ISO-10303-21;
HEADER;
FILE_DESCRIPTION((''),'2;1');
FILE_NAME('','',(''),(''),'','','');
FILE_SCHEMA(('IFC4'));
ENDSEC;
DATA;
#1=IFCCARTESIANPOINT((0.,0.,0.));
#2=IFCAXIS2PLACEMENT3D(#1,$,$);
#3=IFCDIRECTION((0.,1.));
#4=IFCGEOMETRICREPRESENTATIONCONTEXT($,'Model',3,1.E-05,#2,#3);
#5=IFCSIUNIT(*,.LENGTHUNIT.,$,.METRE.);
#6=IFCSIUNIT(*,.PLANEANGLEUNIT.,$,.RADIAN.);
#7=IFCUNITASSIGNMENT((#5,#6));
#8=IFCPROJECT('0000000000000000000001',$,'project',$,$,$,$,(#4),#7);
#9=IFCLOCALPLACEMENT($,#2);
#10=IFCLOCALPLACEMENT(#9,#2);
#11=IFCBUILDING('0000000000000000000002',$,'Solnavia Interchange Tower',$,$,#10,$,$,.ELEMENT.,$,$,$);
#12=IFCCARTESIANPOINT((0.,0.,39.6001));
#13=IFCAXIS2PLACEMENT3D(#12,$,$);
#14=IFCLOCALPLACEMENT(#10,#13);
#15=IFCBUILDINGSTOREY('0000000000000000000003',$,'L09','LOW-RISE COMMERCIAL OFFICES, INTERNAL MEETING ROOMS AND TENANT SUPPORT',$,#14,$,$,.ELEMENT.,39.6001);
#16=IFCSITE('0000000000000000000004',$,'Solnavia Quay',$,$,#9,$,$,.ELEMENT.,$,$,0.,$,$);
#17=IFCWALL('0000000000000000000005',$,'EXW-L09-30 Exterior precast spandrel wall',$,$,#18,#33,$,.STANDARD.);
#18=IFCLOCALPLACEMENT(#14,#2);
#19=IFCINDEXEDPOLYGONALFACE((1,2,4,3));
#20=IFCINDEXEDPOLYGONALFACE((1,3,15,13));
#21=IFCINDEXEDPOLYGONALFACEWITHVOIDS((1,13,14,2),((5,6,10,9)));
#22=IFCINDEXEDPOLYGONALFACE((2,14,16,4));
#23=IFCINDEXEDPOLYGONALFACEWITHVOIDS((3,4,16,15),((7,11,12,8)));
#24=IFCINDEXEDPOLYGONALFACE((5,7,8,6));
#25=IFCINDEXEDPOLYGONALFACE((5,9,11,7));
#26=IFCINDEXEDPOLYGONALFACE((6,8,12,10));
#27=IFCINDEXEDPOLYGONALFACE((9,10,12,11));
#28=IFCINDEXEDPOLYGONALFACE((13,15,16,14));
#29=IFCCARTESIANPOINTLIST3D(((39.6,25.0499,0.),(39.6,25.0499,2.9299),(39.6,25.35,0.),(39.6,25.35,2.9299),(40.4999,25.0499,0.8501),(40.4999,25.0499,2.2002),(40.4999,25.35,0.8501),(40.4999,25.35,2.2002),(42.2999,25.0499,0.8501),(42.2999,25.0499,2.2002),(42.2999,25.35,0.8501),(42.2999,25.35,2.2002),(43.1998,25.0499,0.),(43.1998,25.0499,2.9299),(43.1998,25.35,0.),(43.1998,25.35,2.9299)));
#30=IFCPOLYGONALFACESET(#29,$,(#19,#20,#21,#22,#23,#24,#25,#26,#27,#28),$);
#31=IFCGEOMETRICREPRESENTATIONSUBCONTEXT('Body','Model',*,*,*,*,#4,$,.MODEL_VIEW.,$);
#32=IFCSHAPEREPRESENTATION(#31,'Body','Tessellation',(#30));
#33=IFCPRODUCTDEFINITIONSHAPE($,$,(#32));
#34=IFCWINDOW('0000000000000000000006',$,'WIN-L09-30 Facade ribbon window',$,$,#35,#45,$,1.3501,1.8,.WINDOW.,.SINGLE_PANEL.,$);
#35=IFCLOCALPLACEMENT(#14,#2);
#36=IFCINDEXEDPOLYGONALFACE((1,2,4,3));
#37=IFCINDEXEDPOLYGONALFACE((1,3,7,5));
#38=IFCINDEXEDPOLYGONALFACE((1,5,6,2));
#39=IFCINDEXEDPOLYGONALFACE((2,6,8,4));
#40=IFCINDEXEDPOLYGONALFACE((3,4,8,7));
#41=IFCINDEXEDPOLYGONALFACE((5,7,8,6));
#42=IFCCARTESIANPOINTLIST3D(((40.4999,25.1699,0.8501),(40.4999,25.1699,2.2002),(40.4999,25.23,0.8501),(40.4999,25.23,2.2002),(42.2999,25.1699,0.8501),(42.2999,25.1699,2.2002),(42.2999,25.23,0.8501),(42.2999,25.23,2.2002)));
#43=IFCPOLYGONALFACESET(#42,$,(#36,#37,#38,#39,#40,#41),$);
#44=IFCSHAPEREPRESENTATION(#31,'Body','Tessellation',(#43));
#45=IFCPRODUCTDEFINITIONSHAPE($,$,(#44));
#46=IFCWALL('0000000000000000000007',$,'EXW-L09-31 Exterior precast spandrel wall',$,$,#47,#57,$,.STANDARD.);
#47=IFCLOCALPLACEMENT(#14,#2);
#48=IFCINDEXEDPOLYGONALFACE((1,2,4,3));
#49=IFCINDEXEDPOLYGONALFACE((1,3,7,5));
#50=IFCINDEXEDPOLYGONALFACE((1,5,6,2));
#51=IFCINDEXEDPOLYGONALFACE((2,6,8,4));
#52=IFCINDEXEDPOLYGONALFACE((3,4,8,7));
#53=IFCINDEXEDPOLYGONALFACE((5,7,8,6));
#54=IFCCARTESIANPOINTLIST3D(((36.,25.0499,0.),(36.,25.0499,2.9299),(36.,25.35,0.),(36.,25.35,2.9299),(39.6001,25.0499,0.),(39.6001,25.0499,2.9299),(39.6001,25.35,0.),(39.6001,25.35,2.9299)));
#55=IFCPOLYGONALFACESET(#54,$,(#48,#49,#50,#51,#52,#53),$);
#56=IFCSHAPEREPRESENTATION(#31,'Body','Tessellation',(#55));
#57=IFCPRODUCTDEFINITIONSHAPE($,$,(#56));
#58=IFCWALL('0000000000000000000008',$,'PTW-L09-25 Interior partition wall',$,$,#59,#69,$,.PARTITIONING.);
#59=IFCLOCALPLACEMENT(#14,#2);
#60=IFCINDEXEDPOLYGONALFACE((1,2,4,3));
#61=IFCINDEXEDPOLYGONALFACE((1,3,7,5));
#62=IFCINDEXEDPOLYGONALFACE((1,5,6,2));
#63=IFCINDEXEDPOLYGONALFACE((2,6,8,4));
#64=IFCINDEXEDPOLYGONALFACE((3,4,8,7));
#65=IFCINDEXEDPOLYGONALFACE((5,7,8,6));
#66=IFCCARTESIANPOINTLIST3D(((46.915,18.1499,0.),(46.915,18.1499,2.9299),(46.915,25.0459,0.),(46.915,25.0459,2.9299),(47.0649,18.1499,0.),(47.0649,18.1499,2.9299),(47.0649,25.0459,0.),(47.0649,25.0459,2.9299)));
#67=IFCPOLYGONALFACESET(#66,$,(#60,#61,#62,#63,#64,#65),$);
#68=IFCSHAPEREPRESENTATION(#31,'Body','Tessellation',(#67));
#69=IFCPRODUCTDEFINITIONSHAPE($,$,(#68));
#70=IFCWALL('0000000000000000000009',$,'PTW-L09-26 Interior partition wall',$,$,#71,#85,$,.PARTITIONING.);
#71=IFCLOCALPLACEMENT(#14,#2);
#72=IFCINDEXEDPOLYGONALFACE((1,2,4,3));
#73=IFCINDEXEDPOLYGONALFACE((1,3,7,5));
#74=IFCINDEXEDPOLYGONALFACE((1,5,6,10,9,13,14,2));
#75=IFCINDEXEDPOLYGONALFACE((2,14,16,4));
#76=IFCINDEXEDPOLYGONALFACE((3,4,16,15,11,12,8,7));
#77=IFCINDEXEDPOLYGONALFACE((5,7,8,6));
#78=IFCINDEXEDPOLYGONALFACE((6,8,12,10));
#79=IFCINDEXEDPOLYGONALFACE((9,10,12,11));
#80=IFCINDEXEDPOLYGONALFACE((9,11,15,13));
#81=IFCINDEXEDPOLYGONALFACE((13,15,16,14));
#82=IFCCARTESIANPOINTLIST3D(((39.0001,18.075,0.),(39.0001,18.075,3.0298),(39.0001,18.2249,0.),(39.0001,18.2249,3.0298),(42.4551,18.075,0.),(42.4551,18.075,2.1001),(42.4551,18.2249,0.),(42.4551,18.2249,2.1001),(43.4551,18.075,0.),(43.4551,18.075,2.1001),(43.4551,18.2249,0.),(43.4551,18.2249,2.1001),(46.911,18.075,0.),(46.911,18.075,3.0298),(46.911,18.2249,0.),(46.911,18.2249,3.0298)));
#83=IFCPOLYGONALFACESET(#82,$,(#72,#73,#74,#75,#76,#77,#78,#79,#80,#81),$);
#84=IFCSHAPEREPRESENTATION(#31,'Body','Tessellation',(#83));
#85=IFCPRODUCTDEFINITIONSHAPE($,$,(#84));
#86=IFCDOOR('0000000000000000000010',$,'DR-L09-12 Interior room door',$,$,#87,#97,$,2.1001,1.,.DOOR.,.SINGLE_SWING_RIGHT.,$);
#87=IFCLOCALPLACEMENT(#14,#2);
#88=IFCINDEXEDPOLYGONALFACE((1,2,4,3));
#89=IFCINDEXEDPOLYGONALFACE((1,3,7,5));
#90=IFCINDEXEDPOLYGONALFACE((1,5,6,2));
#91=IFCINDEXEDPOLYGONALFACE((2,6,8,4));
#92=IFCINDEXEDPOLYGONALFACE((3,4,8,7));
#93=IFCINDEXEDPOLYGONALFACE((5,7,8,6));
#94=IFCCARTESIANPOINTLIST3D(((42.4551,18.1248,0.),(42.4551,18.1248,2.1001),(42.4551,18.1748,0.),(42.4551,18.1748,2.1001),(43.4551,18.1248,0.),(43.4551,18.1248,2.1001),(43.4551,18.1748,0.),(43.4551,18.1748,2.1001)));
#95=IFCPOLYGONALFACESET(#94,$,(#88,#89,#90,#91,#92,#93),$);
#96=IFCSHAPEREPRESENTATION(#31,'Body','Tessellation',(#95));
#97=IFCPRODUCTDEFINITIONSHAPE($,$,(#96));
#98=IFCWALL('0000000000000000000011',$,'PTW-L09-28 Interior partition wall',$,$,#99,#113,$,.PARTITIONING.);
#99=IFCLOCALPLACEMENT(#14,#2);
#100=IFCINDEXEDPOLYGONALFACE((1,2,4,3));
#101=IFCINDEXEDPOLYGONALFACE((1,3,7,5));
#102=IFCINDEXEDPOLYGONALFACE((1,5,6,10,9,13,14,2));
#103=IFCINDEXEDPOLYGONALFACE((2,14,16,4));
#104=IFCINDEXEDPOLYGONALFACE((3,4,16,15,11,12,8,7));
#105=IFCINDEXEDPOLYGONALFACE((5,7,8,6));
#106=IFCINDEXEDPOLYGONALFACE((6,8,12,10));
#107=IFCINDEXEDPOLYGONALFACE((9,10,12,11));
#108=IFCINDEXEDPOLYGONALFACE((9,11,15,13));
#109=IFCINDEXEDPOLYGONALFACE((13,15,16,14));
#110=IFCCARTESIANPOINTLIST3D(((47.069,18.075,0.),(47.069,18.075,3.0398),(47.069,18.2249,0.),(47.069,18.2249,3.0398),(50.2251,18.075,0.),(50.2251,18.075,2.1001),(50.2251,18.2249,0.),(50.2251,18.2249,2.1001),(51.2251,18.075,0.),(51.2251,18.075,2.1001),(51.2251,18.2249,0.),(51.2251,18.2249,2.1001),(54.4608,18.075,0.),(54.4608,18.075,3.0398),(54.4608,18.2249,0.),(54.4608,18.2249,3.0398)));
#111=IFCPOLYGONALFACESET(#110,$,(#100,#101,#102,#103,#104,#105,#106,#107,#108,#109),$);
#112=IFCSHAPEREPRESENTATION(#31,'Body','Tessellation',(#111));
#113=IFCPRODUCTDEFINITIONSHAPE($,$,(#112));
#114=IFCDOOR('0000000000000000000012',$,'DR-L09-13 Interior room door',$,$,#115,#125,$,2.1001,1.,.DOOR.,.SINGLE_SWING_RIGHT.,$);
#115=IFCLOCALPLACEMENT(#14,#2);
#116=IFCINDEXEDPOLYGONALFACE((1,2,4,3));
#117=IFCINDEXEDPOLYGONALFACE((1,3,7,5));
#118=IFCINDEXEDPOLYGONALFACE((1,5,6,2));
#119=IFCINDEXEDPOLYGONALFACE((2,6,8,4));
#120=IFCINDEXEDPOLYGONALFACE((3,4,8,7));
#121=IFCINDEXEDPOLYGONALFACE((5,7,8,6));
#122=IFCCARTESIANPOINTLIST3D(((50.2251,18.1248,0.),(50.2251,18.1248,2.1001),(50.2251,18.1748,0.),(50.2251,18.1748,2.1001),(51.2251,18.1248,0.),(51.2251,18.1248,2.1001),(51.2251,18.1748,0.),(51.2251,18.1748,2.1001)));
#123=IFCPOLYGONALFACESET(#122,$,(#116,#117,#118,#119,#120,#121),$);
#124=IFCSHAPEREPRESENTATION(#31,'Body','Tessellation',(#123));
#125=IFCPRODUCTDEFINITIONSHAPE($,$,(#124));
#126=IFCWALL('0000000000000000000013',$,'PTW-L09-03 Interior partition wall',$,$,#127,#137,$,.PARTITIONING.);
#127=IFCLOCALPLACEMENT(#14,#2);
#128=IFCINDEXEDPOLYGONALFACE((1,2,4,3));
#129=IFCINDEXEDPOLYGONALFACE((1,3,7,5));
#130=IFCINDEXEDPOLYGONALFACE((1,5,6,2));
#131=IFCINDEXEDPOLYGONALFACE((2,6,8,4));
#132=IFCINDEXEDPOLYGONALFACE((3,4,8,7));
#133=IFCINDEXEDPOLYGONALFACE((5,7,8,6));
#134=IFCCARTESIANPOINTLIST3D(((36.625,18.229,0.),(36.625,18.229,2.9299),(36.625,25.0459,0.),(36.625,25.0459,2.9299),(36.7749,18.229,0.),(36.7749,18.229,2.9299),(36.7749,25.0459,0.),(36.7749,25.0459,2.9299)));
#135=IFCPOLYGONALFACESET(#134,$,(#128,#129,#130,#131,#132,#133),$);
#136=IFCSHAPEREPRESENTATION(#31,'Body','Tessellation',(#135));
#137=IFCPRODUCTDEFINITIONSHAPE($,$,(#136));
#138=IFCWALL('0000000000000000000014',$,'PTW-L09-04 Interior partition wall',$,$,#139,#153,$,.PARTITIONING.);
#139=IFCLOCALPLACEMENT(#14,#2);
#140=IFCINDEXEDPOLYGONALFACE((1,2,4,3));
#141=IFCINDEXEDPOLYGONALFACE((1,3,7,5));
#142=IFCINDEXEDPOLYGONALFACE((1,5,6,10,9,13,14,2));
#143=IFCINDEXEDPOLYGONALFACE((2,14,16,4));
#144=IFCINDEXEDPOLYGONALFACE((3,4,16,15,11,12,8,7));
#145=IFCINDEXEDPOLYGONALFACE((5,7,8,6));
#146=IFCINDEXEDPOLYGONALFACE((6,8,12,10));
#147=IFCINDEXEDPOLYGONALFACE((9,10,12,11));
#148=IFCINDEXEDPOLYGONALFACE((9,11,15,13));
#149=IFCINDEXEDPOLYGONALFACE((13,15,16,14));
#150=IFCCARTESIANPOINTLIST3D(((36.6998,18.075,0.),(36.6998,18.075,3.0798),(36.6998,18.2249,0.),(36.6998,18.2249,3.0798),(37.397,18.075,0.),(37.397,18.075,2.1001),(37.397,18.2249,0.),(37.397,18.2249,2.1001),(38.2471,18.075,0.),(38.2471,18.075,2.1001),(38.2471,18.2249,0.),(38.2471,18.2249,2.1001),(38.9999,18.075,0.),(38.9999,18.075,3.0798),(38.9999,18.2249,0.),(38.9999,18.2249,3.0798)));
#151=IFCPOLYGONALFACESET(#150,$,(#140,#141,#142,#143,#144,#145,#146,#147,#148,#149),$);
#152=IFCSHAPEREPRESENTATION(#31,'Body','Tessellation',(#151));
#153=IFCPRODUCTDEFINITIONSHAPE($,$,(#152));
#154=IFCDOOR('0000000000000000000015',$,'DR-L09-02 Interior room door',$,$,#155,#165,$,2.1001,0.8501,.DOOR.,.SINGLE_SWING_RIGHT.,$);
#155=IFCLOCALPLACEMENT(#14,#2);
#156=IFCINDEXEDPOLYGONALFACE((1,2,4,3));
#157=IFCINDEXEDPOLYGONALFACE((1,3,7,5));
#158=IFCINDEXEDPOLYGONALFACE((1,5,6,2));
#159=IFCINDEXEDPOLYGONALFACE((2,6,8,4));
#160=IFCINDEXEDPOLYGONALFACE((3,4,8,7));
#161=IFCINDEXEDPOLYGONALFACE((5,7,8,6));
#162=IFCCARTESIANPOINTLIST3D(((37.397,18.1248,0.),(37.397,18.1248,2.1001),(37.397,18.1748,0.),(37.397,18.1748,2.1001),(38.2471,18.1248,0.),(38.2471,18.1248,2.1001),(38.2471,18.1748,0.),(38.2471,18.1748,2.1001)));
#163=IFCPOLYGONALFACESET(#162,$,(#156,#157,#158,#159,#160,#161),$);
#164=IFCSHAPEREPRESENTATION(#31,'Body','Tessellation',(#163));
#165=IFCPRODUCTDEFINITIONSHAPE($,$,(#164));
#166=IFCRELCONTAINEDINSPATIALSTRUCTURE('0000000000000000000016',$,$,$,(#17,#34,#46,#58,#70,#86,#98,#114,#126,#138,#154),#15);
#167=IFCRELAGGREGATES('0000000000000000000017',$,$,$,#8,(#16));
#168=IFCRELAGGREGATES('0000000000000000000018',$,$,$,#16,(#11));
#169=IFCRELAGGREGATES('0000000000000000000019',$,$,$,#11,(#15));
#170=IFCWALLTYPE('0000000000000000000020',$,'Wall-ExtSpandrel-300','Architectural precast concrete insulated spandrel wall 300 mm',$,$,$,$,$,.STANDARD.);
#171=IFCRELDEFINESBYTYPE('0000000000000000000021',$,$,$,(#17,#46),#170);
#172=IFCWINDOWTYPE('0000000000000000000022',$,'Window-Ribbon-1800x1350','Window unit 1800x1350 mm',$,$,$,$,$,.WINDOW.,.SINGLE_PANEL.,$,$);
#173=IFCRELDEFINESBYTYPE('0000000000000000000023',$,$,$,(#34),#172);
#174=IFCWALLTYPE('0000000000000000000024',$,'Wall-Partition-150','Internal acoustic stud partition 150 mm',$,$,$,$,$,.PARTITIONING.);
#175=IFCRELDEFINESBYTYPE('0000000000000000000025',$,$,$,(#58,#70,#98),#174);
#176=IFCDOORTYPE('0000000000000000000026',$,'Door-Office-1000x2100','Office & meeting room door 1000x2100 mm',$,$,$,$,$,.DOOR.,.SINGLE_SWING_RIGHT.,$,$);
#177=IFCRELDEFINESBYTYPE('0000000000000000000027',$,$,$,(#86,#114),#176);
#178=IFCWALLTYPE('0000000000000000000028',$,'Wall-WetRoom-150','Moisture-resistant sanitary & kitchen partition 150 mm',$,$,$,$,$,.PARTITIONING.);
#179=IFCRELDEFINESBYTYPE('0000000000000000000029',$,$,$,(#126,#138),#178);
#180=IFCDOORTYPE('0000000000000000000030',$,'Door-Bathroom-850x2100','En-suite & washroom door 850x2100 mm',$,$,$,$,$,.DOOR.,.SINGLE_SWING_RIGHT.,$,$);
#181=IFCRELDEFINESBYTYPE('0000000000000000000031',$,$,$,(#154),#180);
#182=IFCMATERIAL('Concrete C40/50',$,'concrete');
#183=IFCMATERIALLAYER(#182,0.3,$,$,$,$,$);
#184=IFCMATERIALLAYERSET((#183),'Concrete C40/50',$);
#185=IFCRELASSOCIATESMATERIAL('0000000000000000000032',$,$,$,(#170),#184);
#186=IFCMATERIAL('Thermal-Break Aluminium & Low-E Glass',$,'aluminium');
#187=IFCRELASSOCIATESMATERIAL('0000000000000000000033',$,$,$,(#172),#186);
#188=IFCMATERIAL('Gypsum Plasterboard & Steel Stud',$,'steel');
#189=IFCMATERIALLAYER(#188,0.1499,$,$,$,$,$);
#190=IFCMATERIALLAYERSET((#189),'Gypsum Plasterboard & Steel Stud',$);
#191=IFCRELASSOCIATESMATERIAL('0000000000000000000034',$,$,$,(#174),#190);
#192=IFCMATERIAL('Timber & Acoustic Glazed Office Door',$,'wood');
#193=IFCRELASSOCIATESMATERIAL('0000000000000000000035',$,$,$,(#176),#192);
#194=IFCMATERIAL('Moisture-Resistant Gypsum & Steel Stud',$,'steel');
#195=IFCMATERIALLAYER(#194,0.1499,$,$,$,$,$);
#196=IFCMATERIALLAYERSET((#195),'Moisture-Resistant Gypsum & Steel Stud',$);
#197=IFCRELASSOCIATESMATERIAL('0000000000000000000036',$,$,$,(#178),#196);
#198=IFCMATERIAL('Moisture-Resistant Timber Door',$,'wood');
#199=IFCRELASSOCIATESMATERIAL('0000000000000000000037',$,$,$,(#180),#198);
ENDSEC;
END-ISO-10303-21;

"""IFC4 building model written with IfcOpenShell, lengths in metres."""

from ifc_helpers import new_model, si_unit, direction, frame, frame_2d, origin, place, context, subcontext, project, spatial, rectangle, extrude, material, layer, layer_set, type_object, element, fill, save


model = new_model("IFC4")

# Units and contexts
model_context = context("Model", 3, precision=1e-05, world=origin(), true_north=direction((0.0, 1.0)))
body_context = subcontext(model_context, "Body", "Model", "MODEL_VIEW")
ifc_project = project(units=[si_unit("LENGTHUNIT", "METRE"), si_unit("PLANEANGLEUNIT", "RADIAN")], contexts=[model_context])

# Site, building, storey
site_placement = place(None, origin())
site = spatial("IfcSite", under=ifc_project, at=site_placement, Name="Solnavia Quay", CompositionType="ELEMENT", RefElevation=0.0)
building_placement = place(site_placement, origin())
building = spatial("IfcBuilding", under=site, at=building_placement, Name="Solnavia Interchange Tower", CompositionType="ELEMENT")
storey_placement = place(building_placement, frame((0.0, 0.0, 39.6001)))
storey = spatial("IfcBuildingStorey", under=building, at=storey_placement, Name="L09", Description="LOW-RISE COMMERCIAL OFFICES, INTERNAL MEETING ROOMS AND TENANT SUPPORT", CompositionType="ELEMENT", Elevation=39.6001)

# Shared definitions
ifc_material_1 = material(Name="Concrete C40/50", Category="concrete")
ifc_layer_1 = layer(ifc_material_1, 0.3)
ifc_layer_set_1 = layer_set([ifc_layer_1], Name="Concrete C40/50")
wall_type_1 = type_object("IfcWallType", Name="Wall-ExtSpandrel-300", Description="Architectural precast concrete insulated spandrel wall 300 mm", PredefinedType="STANDARD", material=ifc_layer_set_1)

# Wall, opening, window
ifc_material_2 = material(Name="Thermal-Break Aluminium & Low-E Glass", Category="aluminium")
window_type = type_object("IfcWindowType", Name="Window-Ribbon-1800x1350", Description="Window unit 1800x1350 mm", PartitioningType="SINGLE_PANEL", PredefinedType="WINDOW", material=ifc_material_2)
wall_1_placement = place(storey_placement, frame((39.6001, 25.2, 0.0), z_axis=(0.0, 0.0, 1.0), x_axis=(1.0, 0.0, 0.0)))
wall_1 = element("IfcWall", 1, at=wall_1_placement, inside=storey, type_object=wall_type_1, Name="EXW-L09-30 Exterior precast spandrel wall", PredefinedType="STANDARD", context=body_context, shape_type="SweptSolid", body=[
    extrude(rectangle(XDim=3.5999, YDim=0.3, at=frame_2d((1.7998, 0.0))), origin(), (0.0, 0.0, 1.0), 2.9299),
])
opening_1_placement = place(wall_1_placement, frame((0.8999, 0.0, 0.8501)))
opening_1 = element("IfcOpeningElement", 2, at=opening_1_placement, cuts=wall_1, PredefinedType="OPENING", context=body_context, shape_type="SweptSolid", body=[
    extrude(rectangle(XDim=1.8, YDim=1.3501, at=frame_2d((0.8999, 0.675))), frame((0.0, 0.1602, 0.0), z_axis=(0.0, -1.0, 0.0), x_axis=(1.0, 0.0, 0.0)), (0.0, 0.0, 1.0), 0.3201),
])
window_1_placement = place(opening_1_placement, origin())
window_1 = element("IfcWindow", 3, at=window_1_placement, inside=storey, type_object=window_type, Name="WIN-L09-30 Facade ribbon window", OverallHeight=1.3501, OverallWidth=1.8, PartitioningType="SINGLE_PANEL", PredefinedType="WINDOW", context=body_context, shape_type="SweptSolid", body=[
    extrude(rectangle(XDim=1.8, YDim=1.3501, at=frame_2d((0.8999, 0.675))), frame((0.0, 0.03, 0.0), z_axis=(0.0, -1.0, 0.0), x_axis=(1.0, 0.0, 0.0)), (0.0, 0.0, 1.0), 0.0601),
])
fill(opening_1, window_1)

# Walls
wall_2_placement = place(storey_placement, frame((36.0, 25.2, 0.0), z_axis=(0.0, 0.0, 1.0), x_axis=(1.0, 0.0, 0.0)))
element("IfcWall", 4, at=wall_2_placement, inside=storey, type_object=wall_type_1, Name="EXW-L09-31 Exterior precast spandrel wall", PredefinedType="STANDARD", context=body_context, shape_type="SweptSolid", body=[
    extrude(rectangle(XDim=3.6001, YDim=0.3, at=frame_2d((1.8, 0.0))), origin(), (0.0, 0.0, 1.0), 2.9299),
])
ifc_material_3 = material(Name="Gypsum Plasterboard & Steel Stud", Category="steel")
ifc_layer_2 = layer(ifc_material_3, 0.1499)
ifc_layer_set_2 = layer_set([ifc_layer_2], Name="Gypsum Plasterboard & Steel Stud")
wall_type_2 = type_object("IfcWallType", Name="Wall-Partition-150", Description="Internal acoustic stud partition 150 mm", PredefinedType="PARTITIONING", material=ifc_layer_set_2)
wall_3_placement = place(storey_placement, frame((46.99, 18.1499, 0.0), z_axis=(0.0, 0.0, 1.0), x_axis=(0.0, 1.0, 0.0)))
element("IfcWall", 5, at=wall_3_placement, inside=storey, type_object=wall_type_2, Name="PTW-L09-25 Interior partition wall", PredefinedType="PARTITIONING", context=body_context, shape_type="SweptSolid", body=[
    extrude(rectangle(XDim=6.896, YDim=0.1499, at=frame_2d((3.448, 0.0))), origin(), (0.0, 0.0, 1.0), 2.9299),
])

# Walls, openings, doors
wall_4_placement = place(storey_placement, frame((39.0, 18.1499, 0.0), z_axis=(0.0, 0.0, 1.0), x_axis=(1.0, 0.0, 0.0)))
wall_4 = element("IfcWall", 6, at=wall_4_placement, inside=storey, type_object=wall_type_2, Name="PTW-L09-26 Interior partition wall", PredefinedType="PARTITIONING", context=body_context, shape_type="SweptSolid", body=[
    extrude(rectangle(XDim=7.9109, YDim=0.1499, at=frame_2d((3.9556, 0.0))), origin(), (0.0, 0.0, 1.0), 3.0298),
])
opening_2_placement = place(wall_4_placement, frame((3.4551, 0.0, 0.0)))
opening_2 = element("IfcOpeningElement", 7, at=opening_2_placement, cuts=wall_4, PredefinedType="OPENING", context=body_context, shape_type="SweptSolid", body=[
    extrude(rectangle(XDim=1.0, YDim=2.1001, at=frame_2d((0.5, 1.05))), frame((0.0, 0.085, 0.0), z_axis=(0.0, -1.0, 0.0), x_axis=(1.0, 0.0, 0.0)), (0.0, 0.0, 1.0), 0.1699),
])
ifc_material_4 = material(Name="Timber & Acoustic Glazed Office Door", Category="wood")
door_type_1 = type_object("IfcDoorType", Name="Door-Office-1000x2100", Description="Office & meeting room door 1000x2100 mm", OperationType="SINGLE_SWING_RIGHT", PredefinedType="DOOR", material=ifc_material_4)
door_1_placement = place(opening_2_placement, origin())
door_1 = element("IfcDoor", 8, at=door_1_placement, inside=storey, type_object=door_type_1, Name="DR-L09-12 Interior room door", OperationType="SINGLE_SWING_RIGHT", OverallHeight=2.1001, OverallWidth=1.0, PredefinedType="DOOR", context=body_context, shape_type="SweptSolid", body=[
    extrude(rectangle(XDim=1.0, YDim=2.1001, at=frame_2d((0.5, 1.05))), frame((0.0, 0.0249, 0.0), z_axis=(0.0, -1.0, 0.0), x_axis=(1.0, 0.0, 0.0)), (0.0, 0.0, 1.0), 0.05),
])
fill(opening_2, door_1)
wall_5_placement = place(storey_placement, frame((47.0691, 18.1499, 0.0), z_axis=(0.0, 0.0, 1.0), x_axis=(1.0, 0.0, 0.0)))
wall_5 = element("IfcWall", 9, at=wall_5_placement, inside=storey, type_object=wall_type_2, Name="PTW-L09-28 Interior partition wall", PredefinedType="PARTITIONING", context=body_context, shape_type="SweptSolid", body=[
    extrude(rectangle(XDim=7.3918, YDim=0.1499, at=frame_2d((3.6958, 0.0))), origin(), (0.0, 0.0, 1.0), 3.0398),
])
opening_3_placement = place(wall_5_placement, frame((3.156, 0.0, 0.0)))
opening_3 = element("IfcOpeningElement", 10, at=opening_3_placement, cuts=wall_5, PredefinedType="OPENING", context=body_context, shape_type="SweptSolid", body=[
    extrude(rectangle(XDim=1.0, YDim=2.1001, at=frame_2d((0.5, 1.05))), frame((0.0, 0.085, 0.0), z_axis=(0.0, -1.0, 0.0), x_axis=(1.0, 0.0, 0.0)), (0.0, 0.0, 1.0), 0.1699),
])
door_2_placement = place(opening_3_placement, origin())
door_2 = element("IfcDoor", 11, at=door_2_placement, inside=storey, type_object=door_type_1, Name="DR-L09-13 Interior room door", OperationType="SINGLE_SWING_RIGHT", OverallHeight=2.1001, OverallWidth=1.0, PredefinedType="DOOR", context=body_context, shape_type="SweptSolid", body=[
    extrude(rectangle(XDim=1.0, YDim=2.1001, at=frame_2d((0.5, 1.05))), frame((0.0, 0.0249, 0.0), z_axis=(0.0, -1.0, 0.0), x_axis=(1.0, 0.0, 0.0)), (0.0, 0.0, 1.0), 0.05),
])
fill(opening_3, door_2)

# Wall
ifc_material_5 = material(Name="Moisture-Resistant Gypsum & Steel Stud", Category="steel")
ifc_layer_3 = layer(ifc_material_5, 0.1499)
ifc_layer_set_3 = layer_set([ifc_layer_3], Name="Moisture-Resistant Gypsum & Steel Stud")
wall_type_3 = type_object("IfcWallType", Name="Wall-WetRoom-150", Description="Moisture-resistant sanitary & kitchen partition 150 mm", PredefinedType="PARTITIONING", material=ifc_layer_set_3)
wall_6_placement = place(storey_placement, frame((36.7, 18.229, 0.0), z_axis=(0.0, 0.0, 1.0), x_axis=(0.0, 1.0, 0.0)))
element("IfcWall", 12, at=wall_6_placement, inside=storey, type_object=wall_type_3, Name="PTW-L09-03 Interior partition wall", PredefinedType="PARTITIONING", context=body_context, shape_type="SweptSolid", body=[
    extrude(rectangle(XDim=6.8169, YDim=0.1499, at=frame_2d((3.4084, 0.0))), origin(), (0.0, 0.0, 1.0), 2.9299),
])

# Wall, opening, door
wall_7_placement = place(storey_placement, frame((36.7, 18.1499, 0.0), z_axis=(0.0, 0.0, 1.0), x_axis=(1.0, 0.0, 0.0)))
wall_7 = element("IfcWall", 13, at=wall_7_placement, inside=storey, type_object=wall_type_3, Name="PTW-L09-04 Interior partition wall", PredefinedType="PARTITIONING", context=body_context, shape_type="SweptSolid", body=[
    extrude(rectangle(XDim=2.3, YDim=0.1499, at=frame_2d((1.1499, 0.0))), origin(), (0.0, 0.0, 1.0), 3.0798),
])
opening_4_placement = place(wall_7_placement, frame((0.697, 0.0, 0.0)))
opening_4 = element("IfcOpeningElement", 14, at=opening_4_placement, cuts=wall_7, PredefinedType="OPENING", context=body_context, shape_type="SweptSolid", body=[
    extrude(rectangle(XDim=0.8501, YDim=2.1001, at=frame_2d((0.425, 1.05))), frame((0.0, 0.085, 0.0), z_axis=(0.0, -1.0, 0.0), x_axis=(1.0, 0.0, 0.0)), (0.0, 0.0, 1.0), 0.1699),
])
ifc_material_6 = material(Name="Moisture-Resistant Timber Door", Category="wood")
door_type_2 = type_object("IfcDoorType", Name="Door-Bathroom-850x2100", Description="En-suite & washroom door 850x2100 mm", OperationType="SINGLE_SWING_RIGHT", PredefinedType="DOOR", material=ifc_material_6)
door_3_placement = place(opening_4_placement, origin())
door_3 = element("IfcDoor", 15, at=door_3_placement, inside=storey, type_object=door_type_2, Name="DR-L09-02 Interior room door", OperationType="SINGLE_SWING_RIGHT", OverallHeight=2.1001, OverallWidth=0.8501, PredefinedType="DOOR", context=body_context, shape_type="SweptSolid", body=[
    extrude(rectangle(XDim=0.8501, YDim=2.1001, at=frame_2d((0.425, 1.05))), frame((0.0, 0.0249, 0.0), z_axis=(0.0, -1.0, 0.0), x_axis=(1.0, 0.0, 0.0)), (0.0, 0.0, 1.0), 0.05),
])
fill(opening_4, door_3)

save(model, "model.ifc")
